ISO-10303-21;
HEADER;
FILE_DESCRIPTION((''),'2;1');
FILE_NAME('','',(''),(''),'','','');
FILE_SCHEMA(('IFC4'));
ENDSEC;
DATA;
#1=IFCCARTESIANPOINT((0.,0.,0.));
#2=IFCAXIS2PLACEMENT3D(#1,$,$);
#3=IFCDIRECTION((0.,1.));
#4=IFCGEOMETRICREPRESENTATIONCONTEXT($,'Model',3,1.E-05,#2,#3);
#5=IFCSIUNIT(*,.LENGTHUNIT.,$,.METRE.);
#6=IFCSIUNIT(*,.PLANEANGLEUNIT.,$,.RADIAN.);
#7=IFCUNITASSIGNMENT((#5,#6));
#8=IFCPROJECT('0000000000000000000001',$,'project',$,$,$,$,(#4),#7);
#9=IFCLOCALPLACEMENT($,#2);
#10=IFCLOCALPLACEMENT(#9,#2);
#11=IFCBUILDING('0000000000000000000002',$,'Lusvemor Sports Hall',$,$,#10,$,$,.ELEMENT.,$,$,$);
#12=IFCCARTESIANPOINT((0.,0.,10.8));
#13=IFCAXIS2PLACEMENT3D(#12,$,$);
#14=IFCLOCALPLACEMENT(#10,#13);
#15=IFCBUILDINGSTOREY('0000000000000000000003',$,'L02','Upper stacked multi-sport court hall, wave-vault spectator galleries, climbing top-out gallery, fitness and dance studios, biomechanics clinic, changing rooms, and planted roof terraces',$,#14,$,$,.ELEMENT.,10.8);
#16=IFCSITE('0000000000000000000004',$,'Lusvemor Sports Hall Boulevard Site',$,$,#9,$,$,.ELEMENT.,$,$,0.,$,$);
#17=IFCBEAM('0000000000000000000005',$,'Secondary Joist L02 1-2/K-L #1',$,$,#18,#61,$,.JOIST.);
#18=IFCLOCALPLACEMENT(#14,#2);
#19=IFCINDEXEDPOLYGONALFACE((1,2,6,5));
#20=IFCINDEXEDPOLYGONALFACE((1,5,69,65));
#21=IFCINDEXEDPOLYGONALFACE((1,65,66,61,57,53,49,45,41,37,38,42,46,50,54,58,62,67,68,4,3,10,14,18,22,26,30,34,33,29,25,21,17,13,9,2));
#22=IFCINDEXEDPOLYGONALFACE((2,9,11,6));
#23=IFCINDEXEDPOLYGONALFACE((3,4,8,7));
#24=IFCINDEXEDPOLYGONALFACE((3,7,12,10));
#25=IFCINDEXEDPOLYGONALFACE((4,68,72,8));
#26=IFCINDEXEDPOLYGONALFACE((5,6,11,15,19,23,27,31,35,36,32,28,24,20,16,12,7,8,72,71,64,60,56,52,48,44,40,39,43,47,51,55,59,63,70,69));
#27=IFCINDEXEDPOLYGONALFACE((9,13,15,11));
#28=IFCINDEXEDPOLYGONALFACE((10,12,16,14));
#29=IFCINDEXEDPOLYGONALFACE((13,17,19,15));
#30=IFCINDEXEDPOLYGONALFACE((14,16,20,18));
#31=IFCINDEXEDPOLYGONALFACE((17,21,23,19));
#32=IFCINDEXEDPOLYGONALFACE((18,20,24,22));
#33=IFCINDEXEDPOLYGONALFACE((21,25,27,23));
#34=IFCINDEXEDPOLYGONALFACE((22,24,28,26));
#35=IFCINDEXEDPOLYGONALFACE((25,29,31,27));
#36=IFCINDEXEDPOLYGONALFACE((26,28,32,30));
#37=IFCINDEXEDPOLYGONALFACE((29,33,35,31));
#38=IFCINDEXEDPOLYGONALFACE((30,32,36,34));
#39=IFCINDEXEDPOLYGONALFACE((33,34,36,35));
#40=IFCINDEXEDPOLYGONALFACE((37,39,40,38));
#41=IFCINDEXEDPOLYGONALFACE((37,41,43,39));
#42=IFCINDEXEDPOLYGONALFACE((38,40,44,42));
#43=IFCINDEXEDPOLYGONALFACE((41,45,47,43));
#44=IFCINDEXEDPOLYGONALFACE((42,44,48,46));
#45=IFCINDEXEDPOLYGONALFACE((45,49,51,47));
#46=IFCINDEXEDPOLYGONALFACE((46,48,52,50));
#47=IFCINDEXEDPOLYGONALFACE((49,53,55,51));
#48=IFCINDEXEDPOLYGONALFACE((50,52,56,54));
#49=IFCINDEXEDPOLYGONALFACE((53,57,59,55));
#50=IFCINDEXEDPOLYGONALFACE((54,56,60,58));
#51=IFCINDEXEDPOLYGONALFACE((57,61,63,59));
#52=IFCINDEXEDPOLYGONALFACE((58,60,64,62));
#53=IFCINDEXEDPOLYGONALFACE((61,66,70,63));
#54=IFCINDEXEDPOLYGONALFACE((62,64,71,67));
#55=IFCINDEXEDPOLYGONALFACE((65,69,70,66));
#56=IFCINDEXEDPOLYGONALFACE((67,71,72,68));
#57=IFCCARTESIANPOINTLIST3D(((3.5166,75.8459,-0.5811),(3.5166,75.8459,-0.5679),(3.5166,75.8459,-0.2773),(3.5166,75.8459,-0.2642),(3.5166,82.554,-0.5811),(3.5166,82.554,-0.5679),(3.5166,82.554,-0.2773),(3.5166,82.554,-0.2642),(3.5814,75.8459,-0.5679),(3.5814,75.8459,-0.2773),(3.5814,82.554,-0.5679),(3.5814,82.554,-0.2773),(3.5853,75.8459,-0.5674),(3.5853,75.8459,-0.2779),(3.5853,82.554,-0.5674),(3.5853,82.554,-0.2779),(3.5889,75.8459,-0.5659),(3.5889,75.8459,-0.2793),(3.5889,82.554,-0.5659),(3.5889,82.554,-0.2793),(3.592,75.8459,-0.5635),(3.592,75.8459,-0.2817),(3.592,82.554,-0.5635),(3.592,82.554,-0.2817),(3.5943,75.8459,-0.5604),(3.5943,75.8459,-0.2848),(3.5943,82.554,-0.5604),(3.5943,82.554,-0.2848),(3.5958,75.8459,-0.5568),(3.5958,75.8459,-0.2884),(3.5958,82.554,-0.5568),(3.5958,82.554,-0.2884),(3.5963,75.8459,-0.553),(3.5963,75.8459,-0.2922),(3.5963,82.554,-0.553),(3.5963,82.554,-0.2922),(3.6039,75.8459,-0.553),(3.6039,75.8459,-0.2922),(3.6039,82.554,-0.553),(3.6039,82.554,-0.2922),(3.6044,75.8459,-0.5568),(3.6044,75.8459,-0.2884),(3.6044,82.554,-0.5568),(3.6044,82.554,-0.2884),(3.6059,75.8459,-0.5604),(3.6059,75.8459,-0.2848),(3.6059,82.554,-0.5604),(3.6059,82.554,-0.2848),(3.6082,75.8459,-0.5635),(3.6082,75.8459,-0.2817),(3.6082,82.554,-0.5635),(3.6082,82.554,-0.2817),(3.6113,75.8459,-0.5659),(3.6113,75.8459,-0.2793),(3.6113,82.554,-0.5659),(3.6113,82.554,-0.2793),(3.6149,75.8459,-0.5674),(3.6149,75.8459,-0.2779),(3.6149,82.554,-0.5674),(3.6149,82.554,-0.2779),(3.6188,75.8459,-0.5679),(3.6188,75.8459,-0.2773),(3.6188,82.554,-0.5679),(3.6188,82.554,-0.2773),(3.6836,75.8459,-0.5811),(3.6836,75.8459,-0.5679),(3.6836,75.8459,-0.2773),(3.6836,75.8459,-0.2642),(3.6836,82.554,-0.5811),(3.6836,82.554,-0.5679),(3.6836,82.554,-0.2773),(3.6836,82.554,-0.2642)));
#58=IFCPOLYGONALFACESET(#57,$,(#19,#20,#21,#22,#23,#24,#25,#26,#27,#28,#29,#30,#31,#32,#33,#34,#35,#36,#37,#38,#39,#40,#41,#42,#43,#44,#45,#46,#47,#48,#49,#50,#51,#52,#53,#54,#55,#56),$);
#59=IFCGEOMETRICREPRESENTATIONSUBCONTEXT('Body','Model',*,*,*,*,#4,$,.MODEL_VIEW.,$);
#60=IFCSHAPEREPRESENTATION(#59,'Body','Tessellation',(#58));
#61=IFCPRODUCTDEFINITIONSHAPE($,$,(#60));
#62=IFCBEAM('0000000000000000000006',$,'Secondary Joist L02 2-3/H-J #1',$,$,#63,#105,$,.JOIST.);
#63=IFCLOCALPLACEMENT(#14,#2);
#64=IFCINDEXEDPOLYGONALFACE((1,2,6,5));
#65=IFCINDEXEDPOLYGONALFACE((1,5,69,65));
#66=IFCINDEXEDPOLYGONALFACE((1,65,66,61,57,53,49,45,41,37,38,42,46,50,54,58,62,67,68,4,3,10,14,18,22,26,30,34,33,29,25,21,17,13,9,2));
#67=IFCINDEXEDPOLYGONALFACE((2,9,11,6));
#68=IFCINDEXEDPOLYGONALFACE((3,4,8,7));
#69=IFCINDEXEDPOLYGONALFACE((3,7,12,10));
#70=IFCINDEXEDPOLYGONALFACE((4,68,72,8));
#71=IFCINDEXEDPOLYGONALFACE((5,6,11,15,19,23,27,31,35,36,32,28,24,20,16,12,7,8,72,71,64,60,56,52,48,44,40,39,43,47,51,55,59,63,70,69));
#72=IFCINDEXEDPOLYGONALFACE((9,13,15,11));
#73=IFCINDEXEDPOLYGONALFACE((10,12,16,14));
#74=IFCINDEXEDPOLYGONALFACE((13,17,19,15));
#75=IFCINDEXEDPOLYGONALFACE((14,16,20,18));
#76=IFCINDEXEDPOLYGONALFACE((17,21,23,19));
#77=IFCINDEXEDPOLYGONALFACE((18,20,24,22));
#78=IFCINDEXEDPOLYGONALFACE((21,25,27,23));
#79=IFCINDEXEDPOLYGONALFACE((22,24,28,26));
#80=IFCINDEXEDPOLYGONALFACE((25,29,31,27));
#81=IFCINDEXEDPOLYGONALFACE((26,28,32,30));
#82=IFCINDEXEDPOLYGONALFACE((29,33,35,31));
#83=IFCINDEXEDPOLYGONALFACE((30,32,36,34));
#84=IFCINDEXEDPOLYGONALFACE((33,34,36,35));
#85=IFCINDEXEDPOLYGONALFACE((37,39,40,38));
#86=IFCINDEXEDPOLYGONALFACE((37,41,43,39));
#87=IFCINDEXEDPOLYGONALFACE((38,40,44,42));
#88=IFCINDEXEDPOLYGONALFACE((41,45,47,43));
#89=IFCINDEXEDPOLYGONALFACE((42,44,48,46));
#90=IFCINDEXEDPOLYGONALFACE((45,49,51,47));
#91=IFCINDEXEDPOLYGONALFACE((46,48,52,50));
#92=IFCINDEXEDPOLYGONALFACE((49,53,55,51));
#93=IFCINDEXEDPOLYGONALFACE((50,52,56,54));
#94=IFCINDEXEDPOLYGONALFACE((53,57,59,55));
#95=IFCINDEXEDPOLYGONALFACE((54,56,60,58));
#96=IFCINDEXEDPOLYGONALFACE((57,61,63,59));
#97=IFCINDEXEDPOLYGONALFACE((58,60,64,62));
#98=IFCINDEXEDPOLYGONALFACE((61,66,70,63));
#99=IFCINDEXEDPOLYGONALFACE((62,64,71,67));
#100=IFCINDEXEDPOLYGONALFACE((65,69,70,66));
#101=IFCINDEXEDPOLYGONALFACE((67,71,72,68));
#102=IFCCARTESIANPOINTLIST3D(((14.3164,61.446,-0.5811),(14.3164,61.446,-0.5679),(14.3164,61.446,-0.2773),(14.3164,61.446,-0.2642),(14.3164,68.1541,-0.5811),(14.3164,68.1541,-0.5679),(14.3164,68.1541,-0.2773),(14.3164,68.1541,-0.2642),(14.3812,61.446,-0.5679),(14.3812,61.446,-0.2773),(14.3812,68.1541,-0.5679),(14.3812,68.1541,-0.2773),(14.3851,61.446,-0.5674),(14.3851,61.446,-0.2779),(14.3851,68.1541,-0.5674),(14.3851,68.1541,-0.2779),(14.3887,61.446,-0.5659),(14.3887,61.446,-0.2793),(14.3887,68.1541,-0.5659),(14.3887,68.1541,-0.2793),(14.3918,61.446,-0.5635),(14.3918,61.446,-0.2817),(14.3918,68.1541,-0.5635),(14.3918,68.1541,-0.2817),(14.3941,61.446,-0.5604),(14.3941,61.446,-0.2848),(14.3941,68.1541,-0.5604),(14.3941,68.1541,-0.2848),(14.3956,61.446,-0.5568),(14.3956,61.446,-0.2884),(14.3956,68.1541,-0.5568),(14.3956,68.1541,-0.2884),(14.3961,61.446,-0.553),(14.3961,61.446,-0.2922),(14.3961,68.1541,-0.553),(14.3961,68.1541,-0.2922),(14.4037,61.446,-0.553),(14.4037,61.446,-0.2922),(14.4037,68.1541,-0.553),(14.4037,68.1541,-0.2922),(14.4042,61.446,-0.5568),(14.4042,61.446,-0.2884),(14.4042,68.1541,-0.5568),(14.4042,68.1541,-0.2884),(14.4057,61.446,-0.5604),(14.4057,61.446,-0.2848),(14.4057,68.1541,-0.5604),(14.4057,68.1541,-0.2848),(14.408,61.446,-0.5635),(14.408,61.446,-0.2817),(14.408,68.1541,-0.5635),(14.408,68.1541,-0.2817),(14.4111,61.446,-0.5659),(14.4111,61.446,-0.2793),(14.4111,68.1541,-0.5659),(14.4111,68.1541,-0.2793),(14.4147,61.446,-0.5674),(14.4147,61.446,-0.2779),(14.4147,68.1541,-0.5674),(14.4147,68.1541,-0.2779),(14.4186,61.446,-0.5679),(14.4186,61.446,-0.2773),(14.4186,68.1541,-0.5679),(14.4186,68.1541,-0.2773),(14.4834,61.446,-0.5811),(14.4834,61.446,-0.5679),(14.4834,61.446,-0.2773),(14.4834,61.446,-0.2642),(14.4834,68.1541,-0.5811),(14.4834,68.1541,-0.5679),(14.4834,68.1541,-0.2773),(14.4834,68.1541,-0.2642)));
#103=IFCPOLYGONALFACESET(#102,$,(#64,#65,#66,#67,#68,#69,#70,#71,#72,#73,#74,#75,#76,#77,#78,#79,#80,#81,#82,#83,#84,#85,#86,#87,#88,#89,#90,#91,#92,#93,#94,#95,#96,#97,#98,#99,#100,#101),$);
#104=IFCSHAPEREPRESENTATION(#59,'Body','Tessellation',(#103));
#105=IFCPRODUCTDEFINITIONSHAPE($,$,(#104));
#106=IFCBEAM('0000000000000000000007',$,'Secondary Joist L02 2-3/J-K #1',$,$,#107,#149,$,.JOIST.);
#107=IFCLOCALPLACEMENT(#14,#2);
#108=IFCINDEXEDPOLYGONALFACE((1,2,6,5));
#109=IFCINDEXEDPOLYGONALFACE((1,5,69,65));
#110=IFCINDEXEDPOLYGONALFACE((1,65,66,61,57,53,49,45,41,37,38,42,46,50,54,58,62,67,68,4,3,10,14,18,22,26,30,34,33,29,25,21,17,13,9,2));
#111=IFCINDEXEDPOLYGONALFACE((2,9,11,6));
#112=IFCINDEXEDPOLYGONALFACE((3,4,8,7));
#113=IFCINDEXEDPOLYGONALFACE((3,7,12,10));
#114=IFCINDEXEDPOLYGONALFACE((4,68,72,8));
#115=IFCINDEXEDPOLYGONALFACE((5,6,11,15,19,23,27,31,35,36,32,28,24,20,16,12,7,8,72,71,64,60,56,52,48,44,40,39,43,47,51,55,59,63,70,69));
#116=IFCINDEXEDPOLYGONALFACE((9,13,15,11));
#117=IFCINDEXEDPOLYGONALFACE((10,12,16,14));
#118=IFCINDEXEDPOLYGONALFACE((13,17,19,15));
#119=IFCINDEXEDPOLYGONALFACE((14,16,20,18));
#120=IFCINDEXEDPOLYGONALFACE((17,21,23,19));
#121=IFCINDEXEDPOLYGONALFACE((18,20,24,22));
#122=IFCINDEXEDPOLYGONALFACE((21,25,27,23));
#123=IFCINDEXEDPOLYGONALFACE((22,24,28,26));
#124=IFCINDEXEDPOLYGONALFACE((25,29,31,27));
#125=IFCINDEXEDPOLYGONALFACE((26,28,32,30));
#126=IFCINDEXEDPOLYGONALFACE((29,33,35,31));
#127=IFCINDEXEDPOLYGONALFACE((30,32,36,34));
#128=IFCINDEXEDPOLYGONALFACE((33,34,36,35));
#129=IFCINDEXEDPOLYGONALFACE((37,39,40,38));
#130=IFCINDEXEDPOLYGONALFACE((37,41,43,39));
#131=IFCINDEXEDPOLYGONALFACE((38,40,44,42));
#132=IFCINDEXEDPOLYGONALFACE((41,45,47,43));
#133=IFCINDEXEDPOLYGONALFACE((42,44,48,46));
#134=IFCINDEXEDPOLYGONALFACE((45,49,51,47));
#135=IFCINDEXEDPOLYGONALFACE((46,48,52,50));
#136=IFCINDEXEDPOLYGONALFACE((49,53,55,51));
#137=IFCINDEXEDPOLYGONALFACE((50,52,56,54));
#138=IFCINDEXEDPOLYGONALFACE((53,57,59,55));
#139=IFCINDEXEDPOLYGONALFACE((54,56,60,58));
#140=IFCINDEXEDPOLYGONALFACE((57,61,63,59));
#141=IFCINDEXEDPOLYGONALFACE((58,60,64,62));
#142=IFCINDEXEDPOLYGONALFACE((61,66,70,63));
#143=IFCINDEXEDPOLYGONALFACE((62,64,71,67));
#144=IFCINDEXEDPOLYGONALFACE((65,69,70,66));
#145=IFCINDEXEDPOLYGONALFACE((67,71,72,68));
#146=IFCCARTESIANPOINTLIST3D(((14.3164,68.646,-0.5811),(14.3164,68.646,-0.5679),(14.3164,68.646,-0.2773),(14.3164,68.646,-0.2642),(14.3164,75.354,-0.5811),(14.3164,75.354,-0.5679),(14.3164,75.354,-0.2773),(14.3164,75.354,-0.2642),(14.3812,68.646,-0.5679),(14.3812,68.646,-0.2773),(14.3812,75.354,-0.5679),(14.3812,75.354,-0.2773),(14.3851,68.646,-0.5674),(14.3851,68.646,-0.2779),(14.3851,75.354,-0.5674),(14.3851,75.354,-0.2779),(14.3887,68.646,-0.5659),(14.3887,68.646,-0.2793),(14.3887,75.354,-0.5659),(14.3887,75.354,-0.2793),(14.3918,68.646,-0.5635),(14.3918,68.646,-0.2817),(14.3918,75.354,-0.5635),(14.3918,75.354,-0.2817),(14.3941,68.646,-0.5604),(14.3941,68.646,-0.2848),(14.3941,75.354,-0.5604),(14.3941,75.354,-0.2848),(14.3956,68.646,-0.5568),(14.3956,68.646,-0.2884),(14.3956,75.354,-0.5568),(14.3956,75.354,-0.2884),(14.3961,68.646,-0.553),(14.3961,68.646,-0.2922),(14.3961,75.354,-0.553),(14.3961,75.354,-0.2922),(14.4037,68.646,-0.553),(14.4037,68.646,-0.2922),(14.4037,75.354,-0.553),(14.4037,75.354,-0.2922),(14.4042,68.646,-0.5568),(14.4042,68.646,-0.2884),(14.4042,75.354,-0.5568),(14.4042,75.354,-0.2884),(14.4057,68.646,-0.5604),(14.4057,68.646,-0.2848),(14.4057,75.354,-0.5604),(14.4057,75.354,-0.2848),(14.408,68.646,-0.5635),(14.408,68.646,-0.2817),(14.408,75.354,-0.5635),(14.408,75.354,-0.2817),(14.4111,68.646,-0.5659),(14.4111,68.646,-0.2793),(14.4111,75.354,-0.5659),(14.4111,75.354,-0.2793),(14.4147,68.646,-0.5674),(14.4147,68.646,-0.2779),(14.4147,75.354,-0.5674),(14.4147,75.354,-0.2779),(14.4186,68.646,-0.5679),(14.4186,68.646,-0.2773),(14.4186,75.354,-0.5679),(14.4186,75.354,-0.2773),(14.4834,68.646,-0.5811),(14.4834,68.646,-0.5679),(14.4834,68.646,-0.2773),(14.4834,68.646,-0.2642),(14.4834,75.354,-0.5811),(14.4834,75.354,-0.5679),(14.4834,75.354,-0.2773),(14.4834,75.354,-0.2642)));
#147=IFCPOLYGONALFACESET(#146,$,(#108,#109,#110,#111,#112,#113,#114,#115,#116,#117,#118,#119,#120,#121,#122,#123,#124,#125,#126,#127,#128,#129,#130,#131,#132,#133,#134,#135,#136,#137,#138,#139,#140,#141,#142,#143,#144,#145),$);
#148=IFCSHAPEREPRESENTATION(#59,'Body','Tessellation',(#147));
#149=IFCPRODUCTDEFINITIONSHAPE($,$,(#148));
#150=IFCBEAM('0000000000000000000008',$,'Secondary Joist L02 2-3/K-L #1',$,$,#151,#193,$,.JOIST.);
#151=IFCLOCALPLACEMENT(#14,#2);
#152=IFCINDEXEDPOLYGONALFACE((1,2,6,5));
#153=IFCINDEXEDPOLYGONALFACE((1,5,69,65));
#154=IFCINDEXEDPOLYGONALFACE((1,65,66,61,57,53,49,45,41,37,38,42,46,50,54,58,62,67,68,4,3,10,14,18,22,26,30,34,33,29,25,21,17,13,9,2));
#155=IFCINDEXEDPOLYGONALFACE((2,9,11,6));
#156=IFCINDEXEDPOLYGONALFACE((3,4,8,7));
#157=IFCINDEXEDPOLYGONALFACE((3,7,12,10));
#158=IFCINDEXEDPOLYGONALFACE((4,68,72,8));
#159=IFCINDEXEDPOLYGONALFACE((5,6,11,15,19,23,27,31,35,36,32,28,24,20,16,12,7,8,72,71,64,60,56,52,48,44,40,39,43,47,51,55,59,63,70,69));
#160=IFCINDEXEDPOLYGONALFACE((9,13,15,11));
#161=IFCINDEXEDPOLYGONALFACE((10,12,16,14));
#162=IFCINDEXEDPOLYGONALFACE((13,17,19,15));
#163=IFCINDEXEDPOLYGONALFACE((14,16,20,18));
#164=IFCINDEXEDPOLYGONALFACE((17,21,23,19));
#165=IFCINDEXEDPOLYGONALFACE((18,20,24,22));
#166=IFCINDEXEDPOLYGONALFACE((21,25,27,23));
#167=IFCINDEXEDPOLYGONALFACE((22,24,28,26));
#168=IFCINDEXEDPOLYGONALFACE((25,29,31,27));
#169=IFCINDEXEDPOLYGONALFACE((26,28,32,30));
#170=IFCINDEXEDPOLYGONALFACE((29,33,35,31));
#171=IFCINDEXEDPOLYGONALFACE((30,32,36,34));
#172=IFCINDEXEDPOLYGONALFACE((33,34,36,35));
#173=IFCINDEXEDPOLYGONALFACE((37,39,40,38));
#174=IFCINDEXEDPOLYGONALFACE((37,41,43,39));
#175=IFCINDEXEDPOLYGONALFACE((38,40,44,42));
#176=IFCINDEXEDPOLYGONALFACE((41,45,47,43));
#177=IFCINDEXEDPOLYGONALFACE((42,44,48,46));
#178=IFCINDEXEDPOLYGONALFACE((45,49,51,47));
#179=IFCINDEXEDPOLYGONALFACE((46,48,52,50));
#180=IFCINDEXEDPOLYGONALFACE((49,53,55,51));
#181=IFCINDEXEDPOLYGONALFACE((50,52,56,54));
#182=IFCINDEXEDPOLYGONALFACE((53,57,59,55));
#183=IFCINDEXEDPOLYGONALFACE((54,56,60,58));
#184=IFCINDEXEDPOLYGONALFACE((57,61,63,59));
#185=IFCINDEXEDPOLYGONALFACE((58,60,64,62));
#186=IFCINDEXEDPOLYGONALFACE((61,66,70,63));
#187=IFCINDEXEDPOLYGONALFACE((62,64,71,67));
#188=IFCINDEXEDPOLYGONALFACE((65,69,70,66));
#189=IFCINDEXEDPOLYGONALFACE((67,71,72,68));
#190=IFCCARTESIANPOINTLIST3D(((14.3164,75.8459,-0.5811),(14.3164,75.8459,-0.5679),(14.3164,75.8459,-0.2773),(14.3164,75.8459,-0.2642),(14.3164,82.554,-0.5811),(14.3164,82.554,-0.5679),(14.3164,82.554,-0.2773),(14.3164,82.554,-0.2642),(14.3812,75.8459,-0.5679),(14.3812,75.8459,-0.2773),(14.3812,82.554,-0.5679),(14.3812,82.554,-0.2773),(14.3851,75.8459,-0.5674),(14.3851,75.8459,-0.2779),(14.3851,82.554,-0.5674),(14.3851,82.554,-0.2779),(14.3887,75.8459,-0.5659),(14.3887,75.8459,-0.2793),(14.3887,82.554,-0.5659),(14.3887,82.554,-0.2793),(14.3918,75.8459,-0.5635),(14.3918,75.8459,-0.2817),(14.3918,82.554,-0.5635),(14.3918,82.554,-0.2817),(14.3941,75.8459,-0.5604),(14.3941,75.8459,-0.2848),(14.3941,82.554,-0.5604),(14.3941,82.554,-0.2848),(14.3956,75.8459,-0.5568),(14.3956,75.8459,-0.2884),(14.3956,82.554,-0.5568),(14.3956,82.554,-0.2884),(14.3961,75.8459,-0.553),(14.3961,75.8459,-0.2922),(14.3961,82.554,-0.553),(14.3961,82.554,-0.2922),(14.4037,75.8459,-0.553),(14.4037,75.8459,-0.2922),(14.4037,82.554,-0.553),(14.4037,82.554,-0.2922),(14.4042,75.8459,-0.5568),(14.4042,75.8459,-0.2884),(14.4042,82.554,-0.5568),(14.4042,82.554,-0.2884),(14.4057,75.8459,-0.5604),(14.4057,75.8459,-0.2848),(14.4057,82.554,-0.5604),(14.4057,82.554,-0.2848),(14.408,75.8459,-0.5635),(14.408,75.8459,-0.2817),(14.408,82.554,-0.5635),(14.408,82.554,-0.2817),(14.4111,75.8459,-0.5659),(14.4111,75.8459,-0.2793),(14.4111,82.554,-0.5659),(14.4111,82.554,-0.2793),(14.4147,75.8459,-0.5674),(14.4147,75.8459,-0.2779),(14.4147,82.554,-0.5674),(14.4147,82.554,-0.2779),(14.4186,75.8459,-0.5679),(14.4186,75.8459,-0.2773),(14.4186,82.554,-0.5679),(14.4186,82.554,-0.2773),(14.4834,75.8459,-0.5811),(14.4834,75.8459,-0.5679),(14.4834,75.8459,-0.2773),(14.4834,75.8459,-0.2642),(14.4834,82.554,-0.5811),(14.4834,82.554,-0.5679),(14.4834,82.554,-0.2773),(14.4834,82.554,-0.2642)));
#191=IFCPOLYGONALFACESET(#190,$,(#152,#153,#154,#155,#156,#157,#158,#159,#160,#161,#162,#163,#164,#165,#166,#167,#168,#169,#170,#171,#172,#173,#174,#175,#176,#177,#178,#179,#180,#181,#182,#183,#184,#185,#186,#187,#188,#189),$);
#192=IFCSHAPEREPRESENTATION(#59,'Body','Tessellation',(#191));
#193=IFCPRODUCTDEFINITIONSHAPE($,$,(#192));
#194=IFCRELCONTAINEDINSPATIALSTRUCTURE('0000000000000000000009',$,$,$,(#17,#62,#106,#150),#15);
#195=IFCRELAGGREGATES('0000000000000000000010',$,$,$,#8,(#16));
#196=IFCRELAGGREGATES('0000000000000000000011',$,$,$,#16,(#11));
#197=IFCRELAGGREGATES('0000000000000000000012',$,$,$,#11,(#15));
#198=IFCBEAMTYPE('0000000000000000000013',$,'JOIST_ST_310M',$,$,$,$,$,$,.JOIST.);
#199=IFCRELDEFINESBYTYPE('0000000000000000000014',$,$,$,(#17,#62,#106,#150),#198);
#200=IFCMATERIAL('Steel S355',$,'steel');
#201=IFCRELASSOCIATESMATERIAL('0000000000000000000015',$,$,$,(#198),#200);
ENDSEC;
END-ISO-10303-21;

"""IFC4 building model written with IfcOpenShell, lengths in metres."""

from ifc_helpers import new_model, si_unit, direction, frame, origin, origin_2d, place, context, subcontext, project, spatial, i_section, extrude, material, material_profile, profile_set, type_object, element, save


model = new_model("IFC4")

# Units and contexts
model_context = context("Model", 3, precision=1e-05, world=origin(), true_north=direction((0.0, 1.0)))
body_context = subcontext(model_context, "Body", "Model", "MODEL_VIEW")
ifc_project = project(units=[si_unit("LENGTHUNIT", "METRE"), si_unit("PLANEANGLEUNIT", "RADIAN")], contexts=[model_context])

# Site, building, storey
site_placement = place(None, origin())
site = spatial("IfcSite", under=ifc_project, at=site_placement, Name="Lusvemor Sports Hall Boulevard Site", CompositionType="ELEMENT", RefElevation=0.0)
building_placement = place(site_placement, origin())
building = spatial("IfcBuilding", under=site, at=building_placement, Name="Lusvemor Sports Hall", CompositionType="ELEMENT")
storey_placement = place(building_placement, frame((0.0, 0.0, 10.8)))
storey = spatial("IfcBuildingStorey", under=building, at=storey_placement, Name="L02", Description="Upper stacked multi-sport court hall, wave-vault spectator galleries, climbing top-out gallery, fitness and dance studios, biomechanics clinic, changing rooms, and planted roof terraces", CompositionType="ELEMENT", Elevation=10.8)

# Beams
ifc_material_1 = material(Name="Steel S355", Category="steel")
ifc_material_profile_1 = material_profile(ifc_material_1, i_section(OverallWidth=0.167, OverallDepth=0.3169, WebThickness=0.0076, FlangeThickness=0.0132, FilletRadius=0.0149, at=origin_2d()), Name="W310x52.0")
ifc_profile_set_1 = profile_set([ifc_material_profile_1], Name="Steel S355")
beam_type_1 = type_object("IfcBeamType", Name="JOIST_ST_310M", PredefinedType="JOIST", material=ifc_profile_set_1)
for number, where, z_axis, x_axis, name in (
    (1, (3.6001, 75.8459, -0.4226), (0.0, 1.0, 0.0), (-1.0, 0.0, 0.0), "Secondary Joist L02 1-2/K-L #1"),
    (2, (14.3999, 61.446, -0.4226), (0.0, 1.0, 0.0), (-1.0, 0.0, 0.0), "Secondary Joist L02 2-3/H-J #1"),
    (3, (14.3999, 68.646, -0.4226), (0.0, 1.0, 0.0), (-1.0, 0.0, 0.0), "Secondary Joist L02 2-3/J-K #1"),
    (4, (14.3999, 75.8459, -0.4226), (0.0, 1.0, 0.0), (-1.0, 0.0, 0.0), "Secondary Joist L02 2-3/K-L #1"),
):
    element("IfcBeam", number, at=place(storey_placement, frame(where, z_axis=z_axis, x_axis=x_axis)), inside=storey, type_object=beam_type_1, Name=name, PredefinedType="JOIST", context=body_context, shape_type="SweptSolid", body=[
        extrude(i_section(OverallWidth=0.167, OverallDepth=0.3169, WebThickness=0.0076, FlangeThickness=0.0132, FilletRadius=0.0149, at=origin_2d()), origin(), (0.0, 0.0, 1.0), 6.708),
    ])

save(model, "model.ifc")
